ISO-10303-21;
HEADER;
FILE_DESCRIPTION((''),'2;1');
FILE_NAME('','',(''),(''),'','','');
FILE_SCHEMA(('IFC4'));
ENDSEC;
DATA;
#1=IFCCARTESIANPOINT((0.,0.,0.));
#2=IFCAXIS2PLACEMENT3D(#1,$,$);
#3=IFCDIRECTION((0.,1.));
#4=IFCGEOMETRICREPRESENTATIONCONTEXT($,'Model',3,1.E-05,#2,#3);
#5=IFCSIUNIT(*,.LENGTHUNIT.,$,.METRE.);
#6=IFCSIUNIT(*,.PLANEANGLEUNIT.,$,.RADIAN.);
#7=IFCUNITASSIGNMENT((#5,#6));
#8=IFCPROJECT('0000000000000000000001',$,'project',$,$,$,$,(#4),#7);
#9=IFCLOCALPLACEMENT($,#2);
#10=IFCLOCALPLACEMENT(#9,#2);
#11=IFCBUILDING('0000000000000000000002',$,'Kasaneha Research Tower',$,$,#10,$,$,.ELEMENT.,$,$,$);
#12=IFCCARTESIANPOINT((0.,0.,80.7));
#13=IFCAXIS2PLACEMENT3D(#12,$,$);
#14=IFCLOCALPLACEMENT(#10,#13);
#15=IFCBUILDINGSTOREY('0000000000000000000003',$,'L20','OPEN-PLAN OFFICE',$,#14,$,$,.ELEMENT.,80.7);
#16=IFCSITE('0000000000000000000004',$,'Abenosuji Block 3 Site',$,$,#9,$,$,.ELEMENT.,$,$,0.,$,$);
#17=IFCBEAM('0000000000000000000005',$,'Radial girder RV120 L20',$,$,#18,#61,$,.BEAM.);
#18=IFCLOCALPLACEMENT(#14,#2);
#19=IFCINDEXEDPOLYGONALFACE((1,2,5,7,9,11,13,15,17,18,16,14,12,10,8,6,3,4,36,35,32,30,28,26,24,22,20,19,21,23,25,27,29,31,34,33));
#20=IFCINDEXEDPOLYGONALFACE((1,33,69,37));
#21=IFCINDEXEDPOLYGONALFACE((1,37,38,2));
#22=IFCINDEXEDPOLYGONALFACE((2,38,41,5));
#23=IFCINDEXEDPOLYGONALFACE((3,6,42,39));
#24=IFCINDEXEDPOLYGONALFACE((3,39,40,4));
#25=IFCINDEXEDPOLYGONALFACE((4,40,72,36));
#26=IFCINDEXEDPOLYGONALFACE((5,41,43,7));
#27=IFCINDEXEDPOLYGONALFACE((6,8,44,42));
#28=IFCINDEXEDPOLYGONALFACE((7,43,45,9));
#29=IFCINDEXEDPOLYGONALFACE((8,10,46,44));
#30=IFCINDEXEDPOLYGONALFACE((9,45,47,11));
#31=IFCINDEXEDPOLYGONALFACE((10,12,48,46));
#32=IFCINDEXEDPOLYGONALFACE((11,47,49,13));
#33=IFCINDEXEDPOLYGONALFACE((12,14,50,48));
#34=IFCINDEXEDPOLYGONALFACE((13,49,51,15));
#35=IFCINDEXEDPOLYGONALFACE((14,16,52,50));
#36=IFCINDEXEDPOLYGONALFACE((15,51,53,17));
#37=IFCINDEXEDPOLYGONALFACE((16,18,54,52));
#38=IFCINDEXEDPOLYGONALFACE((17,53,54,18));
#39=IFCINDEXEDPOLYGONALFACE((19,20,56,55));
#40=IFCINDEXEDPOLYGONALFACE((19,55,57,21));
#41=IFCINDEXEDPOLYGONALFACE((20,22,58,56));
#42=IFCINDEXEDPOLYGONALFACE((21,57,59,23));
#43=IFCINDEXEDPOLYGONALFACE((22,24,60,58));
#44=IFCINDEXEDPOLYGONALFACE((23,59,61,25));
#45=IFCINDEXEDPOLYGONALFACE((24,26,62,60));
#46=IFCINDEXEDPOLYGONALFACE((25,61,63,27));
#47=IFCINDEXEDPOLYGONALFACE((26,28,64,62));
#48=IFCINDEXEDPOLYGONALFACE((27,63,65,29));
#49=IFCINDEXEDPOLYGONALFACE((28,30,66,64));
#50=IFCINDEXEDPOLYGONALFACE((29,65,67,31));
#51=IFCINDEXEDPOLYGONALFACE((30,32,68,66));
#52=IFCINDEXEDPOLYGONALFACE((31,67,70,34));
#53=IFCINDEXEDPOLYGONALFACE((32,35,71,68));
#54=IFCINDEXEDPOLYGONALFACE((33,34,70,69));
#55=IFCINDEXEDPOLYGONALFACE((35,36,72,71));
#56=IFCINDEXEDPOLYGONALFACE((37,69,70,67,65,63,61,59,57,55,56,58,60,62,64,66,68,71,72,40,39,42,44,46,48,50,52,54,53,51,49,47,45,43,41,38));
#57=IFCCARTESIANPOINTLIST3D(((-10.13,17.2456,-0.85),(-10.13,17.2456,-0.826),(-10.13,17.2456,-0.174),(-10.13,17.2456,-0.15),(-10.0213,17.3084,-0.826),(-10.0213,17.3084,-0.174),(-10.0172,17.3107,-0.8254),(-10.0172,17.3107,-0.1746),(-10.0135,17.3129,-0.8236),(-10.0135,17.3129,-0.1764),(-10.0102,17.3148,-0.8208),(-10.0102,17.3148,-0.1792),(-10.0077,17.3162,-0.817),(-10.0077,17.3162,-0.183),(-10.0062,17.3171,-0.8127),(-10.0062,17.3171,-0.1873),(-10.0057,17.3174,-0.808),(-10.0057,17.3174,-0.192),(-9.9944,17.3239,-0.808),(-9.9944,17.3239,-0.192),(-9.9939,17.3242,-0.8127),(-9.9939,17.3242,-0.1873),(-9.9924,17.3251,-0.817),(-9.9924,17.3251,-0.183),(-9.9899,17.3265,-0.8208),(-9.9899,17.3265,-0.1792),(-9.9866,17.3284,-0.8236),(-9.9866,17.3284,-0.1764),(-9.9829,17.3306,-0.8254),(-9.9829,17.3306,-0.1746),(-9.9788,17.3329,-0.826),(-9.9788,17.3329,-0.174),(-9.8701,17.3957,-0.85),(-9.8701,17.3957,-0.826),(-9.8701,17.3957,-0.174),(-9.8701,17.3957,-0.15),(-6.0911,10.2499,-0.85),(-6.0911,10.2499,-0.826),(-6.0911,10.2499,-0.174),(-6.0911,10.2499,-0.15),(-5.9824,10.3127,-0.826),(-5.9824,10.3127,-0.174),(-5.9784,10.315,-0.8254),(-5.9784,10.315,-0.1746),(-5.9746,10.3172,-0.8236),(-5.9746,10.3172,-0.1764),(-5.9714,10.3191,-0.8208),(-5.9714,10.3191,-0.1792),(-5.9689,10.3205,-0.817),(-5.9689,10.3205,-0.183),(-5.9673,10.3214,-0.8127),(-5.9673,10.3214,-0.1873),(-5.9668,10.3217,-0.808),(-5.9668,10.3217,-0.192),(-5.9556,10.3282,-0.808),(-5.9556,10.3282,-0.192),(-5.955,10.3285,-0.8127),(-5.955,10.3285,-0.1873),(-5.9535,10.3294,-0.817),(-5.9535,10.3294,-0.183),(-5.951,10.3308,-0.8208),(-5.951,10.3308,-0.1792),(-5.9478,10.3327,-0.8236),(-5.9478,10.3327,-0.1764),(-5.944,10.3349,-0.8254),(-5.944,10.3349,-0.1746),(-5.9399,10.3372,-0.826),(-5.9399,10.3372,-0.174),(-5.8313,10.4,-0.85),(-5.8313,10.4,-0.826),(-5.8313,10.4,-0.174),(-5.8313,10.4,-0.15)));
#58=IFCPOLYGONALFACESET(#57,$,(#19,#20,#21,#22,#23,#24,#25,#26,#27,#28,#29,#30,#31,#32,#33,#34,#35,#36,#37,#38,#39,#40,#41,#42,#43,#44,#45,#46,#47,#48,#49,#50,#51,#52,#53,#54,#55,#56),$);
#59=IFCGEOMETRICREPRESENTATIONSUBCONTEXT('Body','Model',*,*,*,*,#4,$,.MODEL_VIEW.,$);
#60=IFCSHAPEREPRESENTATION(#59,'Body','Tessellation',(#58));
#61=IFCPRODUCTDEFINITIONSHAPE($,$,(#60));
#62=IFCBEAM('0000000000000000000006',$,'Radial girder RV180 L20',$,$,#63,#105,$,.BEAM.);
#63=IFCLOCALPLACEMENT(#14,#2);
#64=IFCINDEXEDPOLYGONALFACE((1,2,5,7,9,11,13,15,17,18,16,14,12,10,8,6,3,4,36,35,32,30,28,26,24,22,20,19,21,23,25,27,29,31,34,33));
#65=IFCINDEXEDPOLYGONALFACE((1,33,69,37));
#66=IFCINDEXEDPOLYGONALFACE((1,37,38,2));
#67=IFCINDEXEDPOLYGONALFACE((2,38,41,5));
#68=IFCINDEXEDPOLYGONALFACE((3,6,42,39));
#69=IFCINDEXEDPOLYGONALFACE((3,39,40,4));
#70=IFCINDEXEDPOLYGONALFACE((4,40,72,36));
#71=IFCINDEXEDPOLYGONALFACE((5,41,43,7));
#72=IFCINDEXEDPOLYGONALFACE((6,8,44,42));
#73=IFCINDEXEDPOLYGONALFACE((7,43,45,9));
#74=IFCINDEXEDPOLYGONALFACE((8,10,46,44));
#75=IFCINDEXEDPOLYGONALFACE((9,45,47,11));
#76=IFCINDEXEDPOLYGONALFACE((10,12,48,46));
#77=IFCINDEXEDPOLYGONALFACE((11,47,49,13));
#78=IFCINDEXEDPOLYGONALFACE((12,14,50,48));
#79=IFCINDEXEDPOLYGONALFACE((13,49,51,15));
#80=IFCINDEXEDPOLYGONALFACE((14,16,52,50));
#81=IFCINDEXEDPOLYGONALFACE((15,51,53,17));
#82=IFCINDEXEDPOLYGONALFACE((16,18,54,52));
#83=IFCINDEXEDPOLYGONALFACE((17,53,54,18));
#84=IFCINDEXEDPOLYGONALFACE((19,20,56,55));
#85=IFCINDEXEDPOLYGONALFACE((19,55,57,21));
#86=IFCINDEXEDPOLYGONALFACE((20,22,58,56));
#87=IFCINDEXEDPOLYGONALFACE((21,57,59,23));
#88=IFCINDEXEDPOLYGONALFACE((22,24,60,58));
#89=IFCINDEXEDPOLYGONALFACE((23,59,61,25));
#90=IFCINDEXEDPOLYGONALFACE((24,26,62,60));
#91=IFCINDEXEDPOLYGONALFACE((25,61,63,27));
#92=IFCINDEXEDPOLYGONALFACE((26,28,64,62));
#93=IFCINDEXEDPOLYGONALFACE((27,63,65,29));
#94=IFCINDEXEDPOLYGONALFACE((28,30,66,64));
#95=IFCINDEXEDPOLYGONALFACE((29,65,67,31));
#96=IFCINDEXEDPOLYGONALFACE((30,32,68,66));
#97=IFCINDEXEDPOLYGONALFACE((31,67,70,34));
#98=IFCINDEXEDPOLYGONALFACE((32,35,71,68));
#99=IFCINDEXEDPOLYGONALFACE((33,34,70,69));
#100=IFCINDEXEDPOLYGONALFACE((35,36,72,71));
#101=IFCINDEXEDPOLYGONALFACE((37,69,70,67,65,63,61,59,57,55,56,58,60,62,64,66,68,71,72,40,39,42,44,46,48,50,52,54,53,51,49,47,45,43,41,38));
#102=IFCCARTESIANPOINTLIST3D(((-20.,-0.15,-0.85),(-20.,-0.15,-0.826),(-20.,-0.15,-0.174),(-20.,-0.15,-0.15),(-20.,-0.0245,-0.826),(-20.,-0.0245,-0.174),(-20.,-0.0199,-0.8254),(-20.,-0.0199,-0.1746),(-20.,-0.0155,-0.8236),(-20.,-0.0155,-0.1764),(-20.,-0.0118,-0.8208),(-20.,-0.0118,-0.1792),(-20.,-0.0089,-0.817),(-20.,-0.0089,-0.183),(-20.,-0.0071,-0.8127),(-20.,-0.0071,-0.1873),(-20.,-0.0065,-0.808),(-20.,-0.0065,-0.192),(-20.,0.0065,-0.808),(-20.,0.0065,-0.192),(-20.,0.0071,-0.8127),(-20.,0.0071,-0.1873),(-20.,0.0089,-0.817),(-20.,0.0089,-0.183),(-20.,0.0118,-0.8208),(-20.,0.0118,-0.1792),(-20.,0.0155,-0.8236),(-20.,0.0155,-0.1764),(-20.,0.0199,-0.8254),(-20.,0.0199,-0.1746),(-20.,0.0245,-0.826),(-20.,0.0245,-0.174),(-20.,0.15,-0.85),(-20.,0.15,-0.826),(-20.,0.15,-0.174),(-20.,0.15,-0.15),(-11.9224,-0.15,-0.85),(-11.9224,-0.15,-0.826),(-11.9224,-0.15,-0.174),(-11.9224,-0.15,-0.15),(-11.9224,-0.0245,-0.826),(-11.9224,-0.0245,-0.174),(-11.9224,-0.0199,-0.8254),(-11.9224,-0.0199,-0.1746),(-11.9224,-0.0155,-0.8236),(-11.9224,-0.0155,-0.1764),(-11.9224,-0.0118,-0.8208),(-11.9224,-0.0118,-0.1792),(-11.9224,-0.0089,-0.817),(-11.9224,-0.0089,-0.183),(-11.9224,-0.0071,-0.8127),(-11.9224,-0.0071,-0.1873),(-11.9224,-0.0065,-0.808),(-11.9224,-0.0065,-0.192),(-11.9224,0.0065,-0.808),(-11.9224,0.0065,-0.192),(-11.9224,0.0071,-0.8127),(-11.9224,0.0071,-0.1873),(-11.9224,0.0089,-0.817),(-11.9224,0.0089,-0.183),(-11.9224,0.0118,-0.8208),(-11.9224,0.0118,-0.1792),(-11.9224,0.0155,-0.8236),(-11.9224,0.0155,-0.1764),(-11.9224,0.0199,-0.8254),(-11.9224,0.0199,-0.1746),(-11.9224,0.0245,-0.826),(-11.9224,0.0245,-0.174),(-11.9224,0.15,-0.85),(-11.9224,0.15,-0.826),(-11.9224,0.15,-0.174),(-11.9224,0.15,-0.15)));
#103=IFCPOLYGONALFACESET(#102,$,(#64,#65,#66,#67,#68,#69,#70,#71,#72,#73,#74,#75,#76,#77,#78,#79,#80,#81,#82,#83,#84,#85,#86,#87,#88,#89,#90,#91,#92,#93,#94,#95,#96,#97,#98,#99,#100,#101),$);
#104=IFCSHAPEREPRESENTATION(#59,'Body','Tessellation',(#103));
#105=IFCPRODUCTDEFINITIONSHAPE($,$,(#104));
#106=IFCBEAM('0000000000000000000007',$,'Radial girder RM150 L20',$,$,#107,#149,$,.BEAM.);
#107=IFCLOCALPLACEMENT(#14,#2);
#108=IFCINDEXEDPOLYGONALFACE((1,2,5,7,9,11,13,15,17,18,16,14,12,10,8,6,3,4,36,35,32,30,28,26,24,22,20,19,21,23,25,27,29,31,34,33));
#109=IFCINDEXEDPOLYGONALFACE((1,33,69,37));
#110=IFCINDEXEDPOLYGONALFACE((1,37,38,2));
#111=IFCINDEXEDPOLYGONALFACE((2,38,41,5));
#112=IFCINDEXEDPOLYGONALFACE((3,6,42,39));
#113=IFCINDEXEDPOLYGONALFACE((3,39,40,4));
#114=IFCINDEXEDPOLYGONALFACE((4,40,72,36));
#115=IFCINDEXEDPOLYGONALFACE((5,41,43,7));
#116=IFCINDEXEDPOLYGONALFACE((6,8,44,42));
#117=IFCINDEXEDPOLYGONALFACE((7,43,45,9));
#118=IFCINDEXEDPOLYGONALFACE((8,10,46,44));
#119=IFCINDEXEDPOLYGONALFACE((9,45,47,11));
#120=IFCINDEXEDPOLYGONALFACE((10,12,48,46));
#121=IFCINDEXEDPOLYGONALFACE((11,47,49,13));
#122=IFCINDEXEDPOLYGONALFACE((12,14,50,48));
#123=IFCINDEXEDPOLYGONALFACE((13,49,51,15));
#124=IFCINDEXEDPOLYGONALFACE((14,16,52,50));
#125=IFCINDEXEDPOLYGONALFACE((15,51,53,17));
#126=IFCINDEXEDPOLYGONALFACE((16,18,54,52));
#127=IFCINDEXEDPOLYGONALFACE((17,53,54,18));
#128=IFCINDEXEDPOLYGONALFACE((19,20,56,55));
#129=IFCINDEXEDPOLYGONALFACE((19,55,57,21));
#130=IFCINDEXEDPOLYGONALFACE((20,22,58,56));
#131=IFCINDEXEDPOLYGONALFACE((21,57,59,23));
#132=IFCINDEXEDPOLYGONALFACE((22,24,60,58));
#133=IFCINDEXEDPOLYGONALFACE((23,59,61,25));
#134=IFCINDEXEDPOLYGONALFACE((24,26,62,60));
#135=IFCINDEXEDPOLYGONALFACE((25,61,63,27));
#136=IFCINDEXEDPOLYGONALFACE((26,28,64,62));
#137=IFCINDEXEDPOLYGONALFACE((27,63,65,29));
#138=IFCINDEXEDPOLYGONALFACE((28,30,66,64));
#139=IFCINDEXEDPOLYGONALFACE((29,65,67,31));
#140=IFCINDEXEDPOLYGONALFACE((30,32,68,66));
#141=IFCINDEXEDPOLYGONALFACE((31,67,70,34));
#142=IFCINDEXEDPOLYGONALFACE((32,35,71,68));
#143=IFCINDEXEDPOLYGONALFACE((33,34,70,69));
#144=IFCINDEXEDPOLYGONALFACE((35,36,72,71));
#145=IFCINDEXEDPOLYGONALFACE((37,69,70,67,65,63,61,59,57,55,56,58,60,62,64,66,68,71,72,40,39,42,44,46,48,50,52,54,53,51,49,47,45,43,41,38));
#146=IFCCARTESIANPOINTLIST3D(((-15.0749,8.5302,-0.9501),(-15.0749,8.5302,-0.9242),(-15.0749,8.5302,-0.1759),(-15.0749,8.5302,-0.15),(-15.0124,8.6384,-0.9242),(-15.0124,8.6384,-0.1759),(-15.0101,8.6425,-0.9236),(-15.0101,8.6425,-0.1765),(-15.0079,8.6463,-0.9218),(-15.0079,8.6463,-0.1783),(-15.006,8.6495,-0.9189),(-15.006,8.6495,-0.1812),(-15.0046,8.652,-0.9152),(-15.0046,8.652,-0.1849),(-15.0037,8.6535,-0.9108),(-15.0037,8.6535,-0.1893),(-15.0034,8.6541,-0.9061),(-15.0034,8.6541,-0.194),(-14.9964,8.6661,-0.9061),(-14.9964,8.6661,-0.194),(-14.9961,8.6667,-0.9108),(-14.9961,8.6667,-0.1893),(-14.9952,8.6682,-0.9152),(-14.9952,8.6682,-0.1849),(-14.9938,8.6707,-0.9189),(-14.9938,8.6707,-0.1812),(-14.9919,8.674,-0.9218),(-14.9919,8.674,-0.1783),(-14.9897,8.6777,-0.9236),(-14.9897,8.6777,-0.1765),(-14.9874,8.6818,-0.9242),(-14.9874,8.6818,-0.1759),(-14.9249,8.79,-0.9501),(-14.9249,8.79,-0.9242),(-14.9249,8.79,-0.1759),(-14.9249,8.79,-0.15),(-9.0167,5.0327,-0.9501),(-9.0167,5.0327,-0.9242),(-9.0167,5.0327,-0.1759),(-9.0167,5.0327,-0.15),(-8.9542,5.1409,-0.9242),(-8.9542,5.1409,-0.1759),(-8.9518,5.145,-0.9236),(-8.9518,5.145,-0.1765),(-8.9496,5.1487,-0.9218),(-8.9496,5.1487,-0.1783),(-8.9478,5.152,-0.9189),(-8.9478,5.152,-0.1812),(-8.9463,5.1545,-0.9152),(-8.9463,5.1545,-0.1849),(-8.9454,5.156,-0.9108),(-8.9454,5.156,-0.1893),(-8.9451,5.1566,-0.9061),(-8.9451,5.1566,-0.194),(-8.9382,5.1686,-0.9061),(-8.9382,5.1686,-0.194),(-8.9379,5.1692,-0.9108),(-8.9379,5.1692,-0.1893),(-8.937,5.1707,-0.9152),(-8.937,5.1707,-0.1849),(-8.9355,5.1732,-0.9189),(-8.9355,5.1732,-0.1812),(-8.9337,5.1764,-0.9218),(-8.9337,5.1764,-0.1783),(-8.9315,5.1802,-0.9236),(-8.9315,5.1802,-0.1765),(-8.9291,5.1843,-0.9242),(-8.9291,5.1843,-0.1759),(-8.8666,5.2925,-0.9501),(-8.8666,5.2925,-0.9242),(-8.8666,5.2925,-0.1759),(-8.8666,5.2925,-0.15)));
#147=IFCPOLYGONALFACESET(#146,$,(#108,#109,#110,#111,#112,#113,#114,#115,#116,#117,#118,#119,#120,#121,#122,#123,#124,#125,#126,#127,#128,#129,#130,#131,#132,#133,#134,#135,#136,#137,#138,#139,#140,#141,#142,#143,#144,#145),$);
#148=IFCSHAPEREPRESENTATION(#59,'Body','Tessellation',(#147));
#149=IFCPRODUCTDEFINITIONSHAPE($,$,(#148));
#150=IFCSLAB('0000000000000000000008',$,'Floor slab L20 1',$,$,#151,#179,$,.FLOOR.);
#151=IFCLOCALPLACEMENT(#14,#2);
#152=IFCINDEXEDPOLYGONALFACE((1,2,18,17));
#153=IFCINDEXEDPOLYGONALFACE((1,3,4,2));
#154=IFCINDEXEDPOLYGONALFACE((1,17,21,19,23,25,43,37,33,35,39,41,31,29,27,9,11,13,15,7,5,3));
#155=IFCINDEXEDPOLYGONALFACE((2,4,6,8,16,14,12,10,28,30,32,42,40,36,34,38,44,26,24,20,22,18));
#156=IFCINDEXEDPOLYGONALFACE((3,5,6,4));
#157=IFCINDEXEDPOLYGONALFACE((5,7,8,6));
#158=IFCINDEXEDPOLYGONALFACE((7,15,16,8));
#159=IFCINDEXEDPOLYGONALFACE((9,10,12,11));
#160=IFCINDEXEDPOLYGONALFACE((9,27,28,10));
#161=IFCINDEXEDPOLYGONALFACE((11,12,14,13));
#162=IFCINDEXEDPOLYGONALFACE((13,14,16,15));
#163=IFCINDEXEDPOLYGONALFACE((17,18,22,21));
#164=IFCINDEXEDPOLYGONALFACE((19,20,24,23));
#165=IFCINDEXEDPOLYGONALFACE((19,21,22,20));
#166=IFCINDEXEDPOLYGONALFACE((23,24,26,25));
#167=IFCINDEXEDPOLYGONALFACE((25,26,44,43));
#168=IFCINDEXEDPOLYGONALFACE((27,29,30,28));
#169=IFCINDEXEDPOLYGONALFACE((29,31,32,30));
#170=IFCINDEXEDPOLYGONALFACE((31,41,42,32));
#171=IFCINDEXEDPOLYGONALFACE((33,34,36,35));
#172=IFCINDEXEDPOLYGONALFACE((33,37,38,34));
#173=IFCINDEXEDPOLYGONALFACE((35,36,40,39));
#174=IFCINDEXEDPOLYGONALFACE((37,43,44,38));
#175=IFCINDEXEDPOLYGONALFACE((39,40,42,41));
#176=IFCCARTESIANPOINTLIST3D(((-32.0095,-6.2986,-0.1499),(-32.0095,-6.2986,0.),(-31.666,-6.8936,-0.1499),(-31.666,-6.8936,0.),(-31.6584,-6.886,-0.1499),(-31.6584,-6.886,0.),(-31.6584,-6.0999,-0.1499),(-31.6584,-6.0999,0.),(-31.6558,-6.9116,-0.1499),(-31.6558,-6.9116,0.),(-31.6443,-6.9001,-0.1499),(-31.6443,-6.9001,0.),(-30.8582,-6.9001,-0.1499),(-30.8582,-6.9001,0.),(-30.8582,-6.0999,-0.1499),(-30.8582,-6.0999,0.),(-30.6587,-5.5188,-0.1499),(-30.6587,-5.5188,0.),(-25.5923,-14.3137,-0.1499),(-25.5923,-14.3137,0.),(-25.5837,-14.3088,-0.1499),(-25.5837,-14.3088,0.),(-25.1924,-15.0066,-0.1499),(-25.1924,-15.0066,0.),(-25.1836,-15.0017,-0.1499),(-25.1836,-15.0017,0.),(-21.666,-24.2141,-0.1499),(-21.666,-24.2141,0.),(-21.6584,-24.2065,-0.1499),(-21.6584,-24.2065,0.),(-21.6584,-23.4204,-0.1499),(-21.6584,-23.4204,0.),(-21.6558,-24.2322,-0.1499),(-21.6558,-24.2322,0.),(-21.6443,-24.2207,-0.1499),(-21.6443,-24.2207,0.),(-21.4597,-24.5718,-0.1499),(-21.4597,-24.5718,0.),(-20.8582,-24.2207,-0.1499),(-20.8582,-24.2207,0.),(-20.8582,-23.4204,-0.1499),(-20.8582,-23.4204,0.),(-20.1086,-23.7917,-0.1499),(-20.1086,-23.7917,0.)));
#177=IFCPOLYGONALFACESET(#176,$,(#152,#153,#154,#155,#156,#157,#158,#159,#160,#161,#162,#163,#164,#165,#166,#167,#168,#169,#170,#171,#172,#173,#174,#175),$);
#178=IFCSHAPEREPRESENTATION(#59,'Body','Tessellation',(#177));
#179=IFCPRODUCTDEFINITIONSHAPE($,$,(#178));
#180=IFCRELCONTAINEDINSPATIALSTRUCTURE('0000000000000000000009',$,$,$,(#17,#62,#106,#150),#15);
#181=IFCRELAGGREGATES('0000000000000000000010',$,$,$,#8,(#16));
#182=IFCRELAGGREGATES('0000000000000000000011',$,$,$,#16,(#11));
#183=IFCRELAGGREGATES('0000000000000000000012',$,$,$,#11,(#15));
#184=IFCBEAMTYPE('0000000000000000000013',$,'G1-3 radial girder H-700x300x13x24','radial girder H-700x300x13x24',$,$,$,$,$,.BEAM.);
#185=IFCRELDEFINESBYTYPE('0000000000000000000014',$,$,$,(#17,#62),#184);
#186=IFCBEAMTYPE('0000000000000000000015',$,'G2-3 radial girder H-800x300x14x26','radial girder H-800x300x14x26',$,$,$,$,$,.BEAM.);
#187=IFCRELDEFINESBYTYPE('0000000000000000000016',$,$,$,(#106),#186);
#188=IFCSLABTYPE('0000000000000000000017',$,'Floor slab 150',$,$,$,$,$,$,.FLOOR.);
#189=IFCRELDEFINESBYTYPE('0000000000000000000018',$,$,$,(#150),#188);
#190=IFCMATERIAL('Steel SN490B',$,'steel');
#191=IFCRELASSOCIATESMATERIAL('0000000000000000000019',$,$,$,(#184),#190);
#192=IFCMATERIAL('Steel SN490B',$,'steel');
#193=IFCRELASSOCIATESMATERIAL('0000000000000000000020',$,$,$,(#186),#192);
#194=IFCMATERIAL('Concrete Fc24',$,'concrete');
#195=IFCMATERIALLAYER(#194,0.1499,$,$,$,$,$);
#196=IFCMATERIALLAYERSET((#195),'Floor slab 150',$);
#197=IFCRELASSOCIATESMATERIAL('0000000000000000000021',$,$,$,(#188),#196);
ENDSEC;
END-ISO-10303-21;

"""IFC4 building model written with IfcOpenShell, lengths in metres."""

from ifc_helpers import new_model, si_unit, direction, frame, origin, origin_2d, place, context, subcontext, project, spatial, polyline, i_section, outline, extrude, material, layer, layer_set, material_profile, profile_set, type_object, element, save


model = new_model("IFC4")

# Units and contexts
model_context = context("Model", 3, precision=1e-05, world=origin(), true_north=direction((0.0, 1.0)))
body_context = subcontext(model_context, "Body", "Model", "MODEL_VIEW")
ifc_project = project(units=[si_unit("LENGTHUNIT", "METRE"), si_unit("PLANEANGLEUNIT", "RADIAN")], contexts=[model_context])

# Site, building, storey
site_placement = place(None, origin())
site = spatial("IfcSite", under=ifc_project, at=site_placement, Name="Abenosuji Block 3 Site", CompositionType="ELEMENT", RefElevation=0.0)
building_placement = place(site_placement, origin())
building = spatial("IfcBuilding", under=site, at=building_placement, Name="Kasaneha Research Tower", CompositionType="ELEMENT")
storey_placement = place(building_placement, frame((0.0, 0.0, 80.7)))
storey = spatial("IfcBuildingStorey", under=building, at=storey_placement, Name="L20", Description="OPEN-PLAN OFFICE", CompositionType="ELEMENT", Elevation=80.7)

# Beams
ifc_material_1 = material(Name="Steel SN490B", Category="steel")
ifc_material_profile_1 = material_profile(ifc_material_1, i_section(OverallWidth=0.3, OverallDepth=0.7, WebThickness=0.0129, FlangeThickness=0.0239, FilletRadius=0.0181, at=origin_2d()), Name="H-700x300x13x24")
ifc_profile_set_1 = profile_set([ifc_material_profile_1], Name="Steel SN490B")
beam_type_1 = type_object("IfcBeamType", Name="G1-3 radial girder H-700x300x13x24", Description="radial girder H-700x300x13x24", PredefinedType="BEAM", material=ifc_profile_set_1)
beam_1_placement = place(storey_placement, frame((-5.9612, 10.325, -0.5), z_axis=(-0.499991, 0.866031, 0.0), x_axis=(-0.866031, -0.499991, 0.0)))
element("IfcBeam", 1, at=beam_1_placement, inside=storey, type_object=beam_type_1, Name="Radial girder RV120 L20", PredefinedType="BEAM", context=body_context, shape_type="SweptSolid", body=[
    extrude(i_section(OverallWidth=0.3, OverallDepth=0.7, WebThickness=0.0129, FlangeThickness=0.0239, FilletRadius=0.0181, at=origin_2d()), origin(), (0.0, 0.0, 1.0), 8.0779),
])
beam_2_placement = place(storey_placement, frame((-11.9224, 0.0, -0.5), z_axis=(-1.0, 0.0, 0.0), x_axis=(0.0, -1.0, 0.0)))
element("IfcBeam", 2, at=beam_2_placement, inside=storey, type_object=beam_type_1, Name="Radial girder RV180 L20", PredefinedType="BEAM", context=body_context, shape_type="SweptSolid", body=[
    extrude(i_section(OverallWidth=0.3, OverallDepth=0.7, WebThickness=0.0129, FlangeThickness=0.0239, FilletRadius=0.0181, at=origin_2d()), origin(), (0.0, 0.0, 1.0), 8.0776),
])
ifc_material_2 = material(Name="Steel SN490B", Category="steel")
ifc_material_profile_2 = material_profile(ifc_material_2, i_section(OverallWidth=0.3, OverallDepth=0.8, WebThickness=0.0139, FlangeThickness=0.0259, FilletRadius=0.0181, at=origin_2d()), Name="H-800x300x14x26")
ifc_profile_set_2 = profile_set([ifc_material_profile_2], Name="Steel SN490B")
beam_type_2 = type_object("IfcBeamType", Name="G2-3 radial girder H-800x300x14x26", Description="radial girder H-800x300x14x26", PredefinedType="BEAM", material=ifc_profile_set_2)
beam_3_placement = place(storey_placement, frame((-8.9417, 5.1626, -0.55), z_axis=(-0.86604, 0.499975, 0.0), x_axis=(-0.499975, -0.86604, 0.0)))
element("IfcBeam", 3, at=beam_3_placement, inside=storey, type_object=beam_type_2, Name="Radial girder RM150 L20", PredefinedType="BEAM", context=body_context, shape_type="SweptSolid", body=[
    extrude(i_section(OverallWidth=0.3, OverallDepth=0.8, WebThickness=0.0139, FlangeThickness=0.0259, FilletRadius=0.0181, at=origin_2d()), origin(), (0.0, 0.0, 1.0), 6.9954),
])

# Slab
ifc_material_3 = material(Name="Concrete Fc24", Category="concrete")
ifc_layer_1 = layer(ifc_material_3, 0.1499)
ifc_layer_set_1 = layer_set([ifc_layer_1], Name="Floor slab 150")
slab_type = type_object("IfcSlabType", Name="Floor slab 150", PredefinedType="FLOOR", material=ifc_layer_set_1)
slab_1_placement = place(storey_placement, frame((0.0, 0.0, -0.1499)))
element("IfcSlab", 4, at=slab_1_placement, inside=storey, type_object=slab_type, Name="Floor slab L20 1", PredefinedType="FLOOR", context=body_context, shape_type="SweptSolid", body=[
    extrude(outline(polyline([(-25.1924, -15.0066), (-25.1836, -15.0017), (-20.1086, -23.7917), (-21.4597, -24.5718), (-21.6558, -24.2322), (-21.6443, -24.2207), (-20.8582, -24.2207), (-20.8582, -23.4204), (-21.6584, -23.4204), (-21.6584, -24.2065), (-21.666, -24.2141), (-31.6558, -6.9116), (-31.6443, -6.9001), (-30.8582, -6.9001), (-30.8582, -6.0999), (-31.6584, -6.0999), (-31.6584, -6.886), (-31.666, -6.8936), (-32.0095, -6.2986), (-30.6587, -5.5188), (-25.5837, -14.3088), (-25.5923, -14.3137), (-25.1924, -15.0066)])), origin(), (0.0, 0.0, 1.0), 0.1499),
])

save(model, "model.ifc")
